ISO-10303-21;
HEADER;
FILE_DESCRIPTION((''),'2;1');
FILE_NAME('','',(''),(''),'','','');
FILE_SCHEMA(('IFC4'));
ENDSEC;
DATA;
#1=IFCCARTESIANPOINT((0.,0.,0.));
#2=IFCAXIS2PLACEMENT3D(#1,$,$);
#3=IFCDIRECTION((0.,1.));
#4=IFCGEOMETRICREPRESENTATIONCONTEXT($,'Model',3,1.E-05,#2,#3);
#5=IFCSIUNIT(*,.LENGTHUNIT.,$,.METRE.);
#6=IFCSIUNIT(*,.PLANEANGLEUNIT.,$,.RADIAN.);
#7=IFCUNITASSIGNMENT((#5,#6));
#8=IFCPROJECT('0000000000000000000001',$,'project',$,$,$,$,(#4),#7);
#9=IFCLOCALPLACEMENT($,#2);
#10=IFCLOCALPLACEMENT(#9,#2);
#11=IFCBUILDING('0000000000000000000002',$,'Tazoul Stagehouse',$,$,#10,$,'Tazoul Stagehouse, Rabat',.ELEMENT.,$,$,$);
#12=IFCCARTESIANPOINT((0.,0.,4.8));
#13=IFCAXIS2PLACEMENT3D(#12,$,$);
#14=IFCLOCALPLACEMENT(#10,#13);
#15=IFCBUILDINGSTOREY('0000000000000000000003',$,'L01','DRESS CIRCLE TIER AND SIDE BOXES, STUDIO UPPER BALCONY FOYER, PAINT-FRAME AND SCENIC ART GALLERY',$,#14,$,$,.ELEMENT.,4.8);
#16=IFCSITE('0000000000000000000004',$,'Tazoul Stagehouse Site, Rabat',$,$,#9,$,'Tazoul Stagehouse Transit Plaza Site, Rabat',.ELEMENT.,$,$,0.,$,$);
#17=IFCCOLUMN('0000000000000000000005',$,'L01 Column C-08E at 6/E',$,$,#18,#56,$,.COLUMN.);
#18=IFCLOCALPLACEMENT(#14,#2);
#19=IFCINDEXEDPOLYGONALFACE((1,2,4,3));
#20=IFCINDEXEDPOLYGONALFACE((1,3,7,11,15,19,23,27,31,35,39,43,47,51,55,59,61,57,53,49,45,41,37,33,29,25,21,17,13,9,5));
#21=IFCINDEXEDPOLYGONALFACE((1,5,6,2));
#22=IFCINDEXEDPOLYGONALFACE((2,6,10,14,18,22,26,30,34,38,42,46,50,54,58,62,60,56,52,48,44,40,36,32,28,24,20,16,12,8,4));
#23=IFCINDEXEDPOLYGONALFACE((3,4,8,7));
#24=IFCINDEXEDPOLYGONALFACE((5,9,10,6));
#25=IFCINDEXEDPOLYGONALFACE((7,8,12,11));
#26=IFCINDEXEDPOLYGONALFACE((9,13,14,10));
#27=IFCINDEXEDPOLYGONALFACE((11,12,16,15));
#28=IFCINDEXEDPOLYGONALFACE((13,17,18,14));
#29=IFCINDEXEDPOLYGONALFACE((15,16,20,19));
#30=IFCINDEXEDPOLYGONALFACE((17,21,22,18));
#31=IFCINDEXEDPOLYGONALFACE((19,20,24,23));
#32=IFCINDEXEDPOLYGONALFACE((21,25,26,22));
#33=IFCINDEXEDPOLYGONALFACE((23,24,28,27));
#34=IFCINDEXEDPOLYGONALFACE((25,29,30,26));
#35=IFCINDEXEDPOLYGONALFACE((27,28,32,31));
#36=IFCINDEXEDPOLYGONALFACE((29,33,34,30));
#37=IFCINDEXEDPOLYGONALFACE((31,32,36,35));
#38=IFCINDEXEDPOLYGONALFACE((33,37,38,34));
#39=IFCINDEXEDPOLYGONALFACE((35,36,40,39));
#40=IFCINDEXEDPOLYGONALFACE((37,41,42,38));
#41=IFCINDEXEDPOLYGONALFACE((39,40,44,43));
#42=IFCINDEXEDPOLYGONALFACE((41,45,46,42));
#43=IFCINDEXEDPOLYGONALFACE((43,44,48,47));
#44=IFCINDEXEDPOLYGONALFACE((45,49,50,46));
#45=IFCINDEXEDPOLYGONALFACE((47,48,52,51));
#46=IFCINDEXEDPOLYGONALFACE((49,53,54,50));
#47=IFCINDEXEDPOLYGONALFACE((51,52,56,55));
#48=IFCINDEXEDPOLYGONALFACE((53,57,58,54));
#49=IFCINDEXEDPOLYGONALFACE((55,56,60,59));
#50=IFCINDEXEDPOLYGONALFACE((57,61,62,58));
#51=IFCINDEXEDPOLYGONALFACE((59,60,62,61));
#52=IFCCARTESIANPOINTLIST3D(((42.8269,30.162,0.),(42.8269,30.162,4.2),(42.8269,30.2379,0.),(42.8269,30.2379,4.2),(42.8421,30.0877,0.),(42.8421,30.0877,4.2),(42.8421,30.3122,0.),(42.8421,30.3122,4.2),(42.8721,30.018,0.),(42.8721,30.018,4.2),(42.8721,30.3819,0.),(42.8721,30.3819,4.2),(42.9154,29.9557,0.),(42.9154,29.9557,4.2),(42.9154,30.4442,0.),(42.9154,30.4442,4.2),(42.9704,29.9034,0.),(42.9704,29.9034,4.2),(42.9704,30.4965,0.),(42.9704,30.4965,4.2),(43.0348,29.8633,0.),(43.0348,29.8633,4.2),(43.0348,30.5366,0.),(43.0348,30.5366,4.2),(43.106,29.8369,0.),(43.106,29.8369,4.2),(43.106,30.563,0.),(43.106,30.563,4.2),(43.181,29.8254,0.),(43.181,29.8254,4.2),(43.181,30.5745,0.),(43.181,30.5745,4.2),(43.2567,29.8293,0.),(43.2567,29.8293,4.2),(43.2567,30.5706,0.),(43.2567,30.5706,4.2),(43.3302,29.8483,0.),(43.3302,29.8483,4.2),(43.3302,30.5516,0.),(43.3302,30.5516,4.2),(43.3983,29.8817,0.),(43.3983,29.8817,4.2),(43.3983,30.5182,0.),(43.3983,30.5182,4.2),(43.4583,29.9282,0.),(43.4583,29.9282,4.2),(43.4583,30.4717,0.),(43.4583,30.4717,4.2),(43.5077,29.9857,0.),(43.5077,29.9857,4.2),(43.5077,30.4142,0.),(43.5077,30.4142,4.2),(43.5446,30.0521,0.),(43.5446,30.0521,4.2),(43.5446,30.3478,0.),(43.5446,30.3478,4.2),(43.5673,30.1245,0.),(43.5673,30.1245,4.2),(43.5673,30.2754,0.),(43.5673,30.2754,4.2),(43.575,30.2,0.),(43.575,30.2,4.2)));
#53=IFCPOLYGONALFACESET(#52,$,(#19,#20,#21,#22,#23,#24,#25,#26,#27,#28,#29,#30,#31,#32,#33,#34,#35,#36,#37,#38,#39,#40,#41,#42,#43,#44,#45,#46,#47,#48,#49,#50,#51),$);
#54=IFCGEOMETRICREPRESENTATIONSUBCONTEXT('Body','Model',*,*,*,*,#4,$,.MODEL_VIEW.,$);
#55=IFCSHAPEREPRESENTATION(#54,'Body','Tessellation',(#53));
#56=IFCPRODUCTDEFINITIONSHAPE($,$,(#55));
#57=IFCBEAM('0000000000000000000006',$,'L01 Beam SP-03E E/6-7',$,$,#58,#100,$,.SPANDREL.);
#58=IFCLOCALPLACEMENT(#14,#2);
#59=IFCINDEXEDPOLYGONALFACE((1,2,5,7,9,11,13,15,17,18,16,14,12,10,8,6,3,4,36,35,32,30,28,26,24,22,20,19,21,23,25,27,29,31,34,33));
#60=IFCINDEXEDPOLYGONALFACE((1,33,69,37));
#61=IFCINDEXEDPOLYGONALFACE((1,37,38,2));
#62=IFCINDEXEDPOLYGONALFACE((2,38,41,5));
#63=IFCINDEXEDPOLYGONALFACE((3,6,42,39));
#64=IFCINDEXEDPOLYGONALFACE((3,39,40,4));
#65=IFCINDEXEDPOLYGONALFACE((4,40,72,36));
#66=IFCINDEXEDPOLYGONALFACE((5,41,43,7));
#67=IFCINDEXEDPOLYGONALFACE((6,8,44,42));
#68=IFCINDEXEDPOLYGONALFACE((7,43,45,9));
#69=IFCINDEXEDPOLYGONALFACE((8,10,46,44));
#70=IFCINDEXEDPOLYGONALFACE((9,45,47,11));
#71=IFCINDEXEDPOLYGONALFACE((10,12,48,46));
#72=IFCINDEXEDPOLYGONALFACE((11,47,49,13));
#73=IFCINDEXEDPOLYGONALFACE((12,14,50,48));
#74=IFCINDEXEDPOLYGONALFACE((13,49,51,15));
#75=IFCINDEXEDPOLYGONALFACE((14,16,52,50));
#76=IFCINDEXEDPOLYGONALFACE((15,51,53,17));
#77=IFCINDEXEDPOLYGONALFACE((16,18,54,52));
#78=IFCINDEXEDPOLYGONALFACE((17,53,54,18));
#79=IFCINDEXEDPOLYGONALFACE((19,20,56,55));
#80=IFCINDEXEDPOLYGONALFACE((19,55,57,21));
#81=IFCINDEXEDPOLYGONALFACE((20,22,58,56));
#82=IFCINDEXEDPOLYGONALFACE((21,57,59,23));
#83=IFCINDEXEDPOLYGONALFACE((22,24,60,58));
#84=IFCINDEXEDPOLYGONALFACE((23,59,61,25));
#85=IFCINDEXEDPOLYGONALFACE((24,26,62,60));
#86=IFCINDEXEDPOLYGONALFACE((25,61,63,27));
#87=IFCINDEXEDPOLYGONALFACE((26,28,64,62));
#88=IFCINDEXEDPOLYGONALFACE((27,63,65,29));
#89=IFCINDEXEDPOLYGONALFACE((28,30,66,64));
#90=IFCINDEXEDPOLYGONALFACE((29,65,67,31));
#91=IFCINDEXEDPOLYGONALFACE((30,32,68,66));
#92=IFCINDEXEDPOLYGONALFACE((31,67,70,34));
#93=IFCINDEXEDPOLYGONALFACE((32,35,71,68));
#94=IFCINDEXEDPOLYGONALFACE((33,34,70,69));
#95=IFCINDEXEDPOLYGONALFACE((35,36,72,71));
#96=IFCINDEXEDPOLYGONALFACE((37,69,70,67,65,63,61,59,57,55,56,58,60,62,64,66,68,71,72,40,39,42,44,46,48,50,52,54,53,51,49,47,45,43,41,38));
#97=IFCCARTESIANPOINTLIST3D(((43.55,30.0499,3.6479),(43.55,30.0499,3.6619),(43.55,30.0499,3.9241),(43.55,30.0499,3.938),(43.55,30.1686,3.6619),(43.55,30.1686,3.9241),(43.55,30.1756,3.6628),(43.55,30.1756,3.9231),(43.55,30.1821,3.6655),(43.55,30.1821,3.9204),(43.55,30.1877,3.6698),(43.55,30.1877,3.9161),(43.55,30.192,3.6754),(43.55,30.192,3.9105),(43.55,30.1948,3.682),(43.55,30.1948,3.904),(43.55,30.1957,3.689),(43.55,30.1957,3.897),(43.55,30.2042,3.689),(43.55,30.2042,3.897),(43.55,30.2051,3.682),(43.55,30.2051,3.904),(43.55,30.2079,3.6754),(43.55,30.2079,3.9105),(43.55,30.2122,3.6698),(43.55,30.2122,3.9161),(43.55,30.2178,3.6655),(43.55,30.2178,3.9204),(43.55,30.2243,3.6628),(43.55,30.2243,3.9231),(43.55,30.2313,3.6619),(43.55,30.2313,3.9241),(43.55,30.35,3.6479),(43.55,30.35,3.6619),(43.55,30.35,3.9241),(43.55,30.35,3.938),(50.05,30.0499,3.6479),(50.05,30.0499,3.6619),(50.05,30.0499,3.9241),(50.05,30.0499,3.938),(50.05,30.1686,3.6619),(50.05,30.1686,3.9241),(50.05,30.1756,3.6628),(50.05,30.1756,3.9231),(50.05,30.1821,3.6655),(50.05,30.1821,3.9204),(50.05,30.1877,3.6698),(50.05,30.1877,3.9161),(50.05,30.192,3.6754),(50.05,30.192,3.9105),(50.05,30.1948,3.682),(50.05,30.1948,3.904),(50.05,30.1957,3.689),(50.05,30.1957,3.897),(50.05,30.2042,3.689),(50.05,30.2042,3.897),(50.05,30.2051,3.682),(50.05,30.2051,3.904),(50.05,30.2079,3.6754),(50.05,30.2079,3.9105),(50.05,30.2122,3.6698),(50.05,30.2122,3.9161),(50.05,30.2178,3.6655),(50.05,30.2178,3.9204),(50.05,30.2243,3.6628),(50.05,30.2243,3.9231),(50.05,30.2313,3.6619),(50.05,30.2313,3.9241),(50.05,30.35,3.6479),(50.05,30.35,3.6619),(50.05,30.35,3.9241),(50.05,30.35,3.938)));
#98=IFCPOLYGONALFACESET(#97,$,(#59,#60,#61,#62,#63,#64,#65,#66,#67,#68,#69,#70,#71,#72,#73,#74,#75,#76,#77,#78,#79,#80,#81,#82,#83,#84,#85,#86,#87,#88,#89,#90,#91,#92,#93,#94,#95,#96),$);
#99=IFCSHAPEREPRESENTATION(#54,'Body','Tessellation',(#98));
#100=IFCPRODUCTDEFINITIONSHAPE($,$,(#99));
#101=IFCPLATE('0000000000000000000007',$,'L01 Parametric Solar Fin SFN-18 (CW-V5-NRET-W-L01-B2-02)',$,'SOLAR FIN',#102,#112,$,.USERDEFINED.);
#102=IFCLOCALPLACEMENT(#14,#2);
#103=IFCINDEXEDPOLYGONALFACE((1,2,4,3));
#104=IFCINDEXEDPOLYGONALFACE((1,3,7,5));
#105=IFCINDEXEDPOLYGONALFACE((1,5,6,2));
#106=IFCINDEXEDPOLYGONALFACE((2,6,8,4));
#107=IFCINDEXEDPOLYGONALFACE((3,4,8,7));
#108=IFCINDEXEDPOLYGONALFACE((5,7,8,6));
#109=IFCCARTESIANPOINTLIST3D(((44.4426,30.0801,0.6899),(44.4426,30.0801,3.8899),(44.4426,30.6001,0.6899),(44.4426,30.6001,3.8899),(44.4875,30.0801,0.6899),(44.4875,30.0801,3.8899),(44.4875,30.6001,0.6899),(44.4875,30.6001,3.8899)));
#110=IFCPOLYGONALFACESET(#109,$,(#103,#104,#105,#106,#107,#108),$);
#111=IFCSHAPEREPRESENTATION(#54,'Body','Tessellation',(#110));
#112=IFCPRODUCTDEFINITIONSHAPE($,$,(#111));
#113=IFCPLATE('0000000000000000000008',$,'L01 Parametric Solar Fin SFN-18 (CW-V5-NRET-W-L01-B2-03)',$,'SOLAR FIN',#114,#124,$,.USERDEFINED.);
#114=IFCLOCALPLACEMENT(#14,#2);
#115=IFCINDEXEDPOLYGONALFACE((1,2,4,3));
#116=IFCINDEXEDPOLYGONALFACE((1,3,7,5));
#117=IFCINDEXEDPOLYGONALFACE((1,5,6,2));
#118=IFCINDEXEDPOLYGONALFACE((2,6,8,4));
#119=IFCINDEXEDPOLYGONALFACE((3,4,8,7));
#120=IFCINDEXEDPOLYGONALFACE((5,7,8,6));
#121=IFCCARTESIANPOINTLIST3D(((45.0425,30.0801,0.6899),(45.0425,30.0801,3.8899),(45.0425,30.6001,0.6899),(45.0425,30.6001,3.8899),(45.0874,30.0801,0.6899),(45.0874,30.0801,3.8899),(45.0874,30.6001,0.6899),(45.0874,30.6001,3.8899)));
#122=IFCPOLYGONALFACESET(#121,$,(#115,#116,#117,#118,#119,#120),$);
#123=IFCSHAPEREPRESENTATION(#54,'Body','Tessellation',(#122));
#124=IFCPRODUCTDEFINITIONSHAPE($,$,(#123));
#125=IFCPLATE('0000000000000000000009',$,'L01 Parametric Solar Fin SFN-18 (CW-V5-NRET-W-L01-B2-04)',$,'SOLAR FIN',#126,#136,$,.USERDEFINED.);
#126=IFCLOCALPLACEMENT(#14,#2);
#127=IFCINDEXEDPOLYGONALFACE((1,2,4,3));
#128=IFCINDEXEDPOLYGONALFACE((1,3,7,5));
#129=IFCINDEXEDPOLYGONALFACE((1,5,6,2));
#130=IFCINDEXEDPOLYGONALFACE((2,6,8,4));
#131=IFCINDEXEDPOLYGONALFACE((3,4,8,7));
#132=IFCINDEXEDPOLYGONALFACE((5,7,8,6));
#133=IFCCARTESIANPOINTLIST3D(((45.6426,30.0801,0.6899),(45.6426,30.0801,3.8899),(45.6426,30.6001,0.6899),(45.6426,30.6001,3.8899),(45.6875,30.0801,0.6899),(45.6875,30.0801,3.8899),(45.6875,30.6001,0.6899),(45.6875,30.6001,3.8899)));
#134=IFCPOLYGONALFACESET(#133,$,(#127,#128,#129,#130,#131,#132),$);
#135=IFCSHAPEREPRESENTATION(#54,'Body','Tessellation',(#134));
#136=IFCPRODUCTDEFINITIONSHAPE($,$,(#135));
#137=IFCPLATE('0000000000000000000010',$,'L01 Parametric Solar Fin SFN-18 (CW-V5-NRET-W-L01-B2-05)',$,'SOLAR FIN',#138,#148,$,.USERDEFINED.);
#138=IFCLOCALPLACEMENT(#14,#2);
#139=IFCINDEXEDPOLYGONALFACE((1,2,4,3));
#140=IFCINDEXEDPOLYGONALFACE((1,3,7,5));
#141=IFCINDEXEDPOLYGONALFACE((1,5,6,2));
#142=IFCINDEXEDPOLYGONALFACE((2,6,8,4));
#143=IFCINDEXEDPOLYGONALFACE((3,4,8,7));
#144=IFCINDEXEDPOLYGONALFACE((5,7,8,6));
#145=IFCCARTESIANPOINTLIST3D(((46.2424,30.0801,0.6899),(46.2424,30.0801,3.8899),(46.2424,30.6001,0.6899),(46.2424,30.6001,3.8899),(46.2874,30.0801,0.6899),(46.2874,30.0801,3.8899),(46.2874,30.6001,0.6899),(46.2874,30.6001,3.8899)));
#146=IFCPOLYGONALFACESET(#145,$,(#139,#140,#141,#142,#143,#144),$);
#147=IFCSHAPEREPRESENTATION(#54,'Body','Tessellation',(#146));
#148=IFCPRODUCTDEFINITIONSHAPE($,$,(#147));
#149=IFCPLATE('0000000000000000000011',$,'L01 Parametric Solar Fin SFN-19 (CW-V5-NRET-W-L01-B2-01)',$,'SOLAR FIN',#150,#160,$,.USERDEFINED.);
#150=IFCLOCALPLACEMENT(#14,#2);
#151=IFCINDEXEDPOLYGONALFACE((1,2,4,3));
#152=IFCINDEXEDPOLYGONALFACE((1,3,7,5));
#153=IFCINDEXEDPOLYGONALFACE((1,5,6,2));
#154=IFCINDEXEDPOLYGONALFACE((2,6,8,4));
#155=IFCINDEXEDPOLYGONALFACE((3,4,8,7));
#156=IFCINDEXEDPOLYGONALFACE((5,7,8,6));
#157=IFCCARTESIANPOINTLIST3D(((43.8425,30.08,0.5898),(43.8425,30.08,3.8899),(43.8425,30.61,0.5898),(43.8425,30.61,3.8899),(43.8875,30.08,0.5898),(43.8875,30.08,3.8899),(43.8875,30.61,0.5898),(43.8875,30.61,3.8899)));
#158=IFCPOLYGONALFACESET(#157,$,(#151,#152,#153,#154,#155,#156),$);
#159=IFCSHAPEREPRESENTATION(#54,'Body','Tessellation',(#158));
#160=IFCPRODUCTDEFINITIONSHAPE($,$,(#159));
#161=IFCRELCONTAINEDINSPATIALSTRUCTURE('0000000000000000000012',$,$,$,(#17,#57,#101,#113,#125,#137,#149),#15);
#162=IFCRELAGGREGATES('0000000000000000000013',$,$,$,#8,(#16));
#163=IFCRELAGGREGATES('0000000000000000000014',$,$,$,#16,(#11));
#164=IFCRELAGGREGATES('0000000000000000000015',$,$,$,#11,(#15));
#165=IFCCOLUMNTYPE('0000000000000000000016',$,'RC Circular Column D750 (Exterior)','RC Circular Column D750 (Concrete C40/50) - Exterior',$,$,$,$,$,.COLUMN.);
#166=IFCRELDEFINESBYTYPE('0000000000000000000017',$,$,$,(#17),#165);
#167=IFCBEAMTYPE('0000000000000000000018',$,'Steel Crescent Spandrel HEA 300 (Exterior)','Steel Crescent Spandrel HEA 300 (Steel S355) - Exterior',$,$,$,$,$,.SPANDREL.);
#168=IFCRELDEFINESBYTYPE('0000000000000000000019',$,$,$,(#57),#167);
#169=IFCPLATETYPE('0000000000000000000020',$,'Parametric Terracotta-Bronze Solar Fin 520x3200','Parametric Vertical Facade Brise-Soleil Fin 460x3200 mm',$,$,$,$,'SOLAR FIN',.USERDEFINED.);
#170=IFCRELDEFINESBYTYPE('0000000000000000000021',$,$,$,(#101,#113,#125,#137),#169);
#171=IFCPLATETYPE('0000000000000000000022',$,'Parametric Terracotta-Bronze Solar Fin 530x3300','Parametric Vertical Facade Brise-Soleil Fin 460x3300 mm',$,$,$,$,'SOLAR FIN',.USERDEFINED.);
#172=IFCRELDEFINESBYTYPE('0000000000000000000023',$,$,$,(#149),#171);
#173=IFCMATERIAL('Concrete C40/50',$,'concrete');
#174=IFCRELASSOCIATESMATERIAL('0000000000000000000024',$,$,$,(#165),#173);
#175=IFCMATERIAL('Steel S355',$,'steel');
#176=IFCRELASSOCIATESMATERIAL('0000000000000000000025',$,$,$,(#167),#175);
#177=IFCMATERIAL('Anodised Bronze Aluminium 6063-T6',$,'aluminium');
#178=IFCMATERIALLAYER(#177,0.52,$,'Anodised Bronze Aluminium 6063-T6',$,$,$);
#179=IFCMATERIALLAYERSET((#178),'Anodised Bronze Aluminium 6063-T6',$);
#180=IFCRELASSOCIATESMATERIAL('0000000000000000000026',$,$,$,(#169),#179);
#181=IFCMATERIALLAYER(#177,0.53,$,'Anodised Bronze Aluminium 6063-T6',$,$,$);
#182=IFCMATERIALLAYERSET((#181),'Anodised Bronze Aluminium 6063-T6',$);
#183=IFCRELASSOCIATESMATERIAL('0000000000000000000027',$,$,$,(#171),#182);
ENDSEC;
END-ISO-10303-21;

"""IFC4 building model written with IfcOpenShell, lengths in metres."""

from ifc_helpers import new_model, si_unit, direction, frame, origin, origin_2d, place, context, subcontext, project, spatial, rectangle, circle, i_section, extrude, material, layer, layer_set, material_profile, profile_set, type_object, element, save


model = new_model("IFC4")

# Units and contexts
model_context = context("Model", 3, precision=1e-05, world=origin(), true_north=direction((0.0, 1.0)))
body_context = subcontext(model_context, "Body", "Model", "MODEL_VIEW")
ifc_project = project(units=[si_unit("LENGTHUNIT", "METRE"), si_unit("PLANEANGLEUNIT", "RADIAN")], contexts=[model_context])

# Site, building, storey
site_placement = place(None, origin())
site = spatial("IfcSite", under=ifc_project, at=site_placement, Name="Tazoul Stagehouse Site, Rabat", LongName="Tazoul Stagehouse Transit Plaza Site, Rabat", CompositionType="ELEMENT", RefElevation=0.0)
building_placement = place(site_placement, origin())
building = spatial("IfcBuilding", under=site, at=building_placement, Name="Tazoul Stagehouse", LongName="Tazoul Stagehouse, Rabat", CompositionType="ELEMENT")
storey_placement = place(building_placement, frame((0.0, 0.0, 4.8)))
storey = spatial("IfcBuildingStorey", under=building, at=storey_placement, Name="L01", Description="DRESS CIRCLE TIER AND SIDE BOXES, STUDIO UPPER BALCONY FOYER, PAINT-FRAME AND SCENIC ART GALLERY", CompositionType="ELEMENT", Elevation=4.8)

# Column
ifc_material_1 = material(Name="Concrete C40/50", Category="concrete")
ifc_material_profile_1 = material_profile(ifc_material_1, circle(Radius=0.375, at=origin_2d()), Name="RC D750")
ifc_profile_set_1 = profile_set([ifc_material_profile_1], Name="Concrete C40/50")
column_type = type_object("IfcColumnType", Name="RC Circular Column D750 (Exterior)", Description="RC Circular Column D750 (Concrete C40/50) - Exterior", PredefinedType="COLUMN", material=ifc_profile_set_1)
column_placement = place(storey_placement, frame((43.2, 30.2, 0.0), z_axis=(0.0, 0.0, 1.0), x_axis=(1.0, 0.0, 0.0)))
element("IfcColumn", 1, at=column_placement, inside=storey, type_object=column_type, Name="L01 Column C-08E at 6/E", PredefinedType="COLUMN", context=body_context, shape_type="SweptSolid", body=[
    extrude(circle(Radius=0.375, at=origin_2d()), origin(), (0.0, 0.0, 1.0), 4.2),
])

# Beam
ifc_material_2 = material(Name="Steel S355", Category="steel")
ifc_material_profile_2 = material_profile(ifc_material_2, i_section(OverallWidth=0.3, OverallDepth=0.29, WebThickness=0.0085, FlangeThickness=0.0139, FilletRadius=0.0271, at=origin_2d()), Name="HEA 300")
ifc_profile_set_2 = profile_set([ifc_material_profile_2], Name="Steel S355")
beam_type = type_object("IfcBeamType", Name="Steel Crescent Spandrel HEA 300 (Exterior)", Description="Steel Crescent Spandrel HEA 300 (Steel S355) - Exterior", PredefinedType="SPANDREL", material=ifc_profile_set_2)
beam_placement = place(storey_placement, frame((43.55, 30.2, 3.793), z_axis=(1.0, 0.0, 0.0), x_axis=(0.0, 1.0, 0.0)))
element("IfcBeam", 2, at=beam_placement, inside=storey, type_object=beam_type, Name="L01 Beam SP-03E E/6-7", PredefinedType="SPANDREL", context=body_context, shape_type="SweptSolid", body=[
    extrude(i_section(OverallWidth=0.3, OverallDepth=0.29, WebThickness=0.0085, FlangeThickness=0.0139, FilletRadius=0.0271, at=origin_2d()), origin(), (0.0, 0.0, 1.0), 6.5),
])

# Plates
ifc_material_3 = material(Name="Anodised Bronze Aluminium 6063-T6", Category="aluminium")
ifc_layer_1 = layer(ifc_material_3, 0.52, Name="Anodised Bronze Aluminium 6063-T6")
ifc_layer_set_1 = layer_set([ifc_layer_1], Name="Anodised Bronze Aluminium 6063-T6")
plate_type_1 = type_object("IfcPlateType", Name="Parametric Terracotta-Bronze Solar Fin 520x3200", Description="Parametric Vertical Facade Brise-Soleil Fin 460x3200 mm", ElementType="SOLAR FIN", PredefinedType="USERDEFINED", material=ifc_layer_set_1)
for number, where, z_axis, x_axis, name in (
    (3, (44.4651, 30.3401, 0.6899), (0.0, 0.0, 1.0), (1.0, 0.0, 0.0), "L01 Parametric Solar Fin SFN-18 (CW-V5-NRET-W-L01-B2-02)"),
    (4, (45.0649, 30.3401, 0.6899), (0.0, 0.0, 1.0), (1.0, 0.0, 0.0), "L01 Parametric Solar Fin SFN-18 (CW-V5-NRET-W-L01-B2-03)"),
    (5, (45.665, 30.3401, 0.6899), (0.0, 0.0, 1.0), (1.0, 0.0, 0.0), "L01 Parametric Solar Fin SFN-18 (CW-V5-NRET-W-L01-B2-04)"),
    (6, (46.2649, 30.3401, 0.6899), (0.0, 0.0, 1.0), (1.0, 0.0, 0.0), "L01 Parametric Solar Fin SFN-18 (CW-V5-NRET-W-L01-B2-05)"),
):
    element("IfcPlate", number, at=place(storey_placement, frame(where, z_axis=z_axis, x_axis=x_axis)), inside=storey, type_object=plate_type_1, Name=name, ObjectType="SOLAR FIN", PredefinedType="USERDEFINED", context=body_context, shape_type="SweptSolid", body=[
        extrude(rectangle(XDim=0.0449, YDim=0.52, at=origin_2d()), origin(), (0.0, 0.0, 1.0), 3.2),
    ])
ifc_layer_2 = layer(ifc_material_3, 0.53, Name="Anodised Bronze Aluminium 6063-T6")
ifc_layer_set_2 = layer_set([ifc_layer_2], Name="Anodised Bronze Aluminium 6063-T6")
plate_type_2 = type_object("IfcPlateType", Name="Parametric Terracotta-Bronze Solar Fin 530x3300", Description="Parametric Vertical Facade Brise-Soleil Fin 460x3300 mm", ElementType="SOLAR FIN", PredefinedType="USERDEFINED", material=ifc_layer_set_2)
plate_placement = place(storey_placement, frame((43.865, 30.345, 0.5898), z_axis=(0.0, 0.0, 1.0), x_axis=(1.0, 0.0, 0.0)))
element("IfcPlate", 7, at=plate_placement, inside=storey, type_object=plate_type_2, Name="L01 Parametric Solar Fin SFN-19 (CW-V5-NRET-W-L01-B2-01)", ObjectType="SOLAR FIN", PredefinedType="USERDEFINED", context=body_context, shape_type="SweptSolid", body=[
    extrude(rectangle(XDim=0.0449, YDim=0.53, at=origin_2d()), origin(), (0.0, 0.0, 1.0), 3.3),
])

save(model, "model.ifc")
